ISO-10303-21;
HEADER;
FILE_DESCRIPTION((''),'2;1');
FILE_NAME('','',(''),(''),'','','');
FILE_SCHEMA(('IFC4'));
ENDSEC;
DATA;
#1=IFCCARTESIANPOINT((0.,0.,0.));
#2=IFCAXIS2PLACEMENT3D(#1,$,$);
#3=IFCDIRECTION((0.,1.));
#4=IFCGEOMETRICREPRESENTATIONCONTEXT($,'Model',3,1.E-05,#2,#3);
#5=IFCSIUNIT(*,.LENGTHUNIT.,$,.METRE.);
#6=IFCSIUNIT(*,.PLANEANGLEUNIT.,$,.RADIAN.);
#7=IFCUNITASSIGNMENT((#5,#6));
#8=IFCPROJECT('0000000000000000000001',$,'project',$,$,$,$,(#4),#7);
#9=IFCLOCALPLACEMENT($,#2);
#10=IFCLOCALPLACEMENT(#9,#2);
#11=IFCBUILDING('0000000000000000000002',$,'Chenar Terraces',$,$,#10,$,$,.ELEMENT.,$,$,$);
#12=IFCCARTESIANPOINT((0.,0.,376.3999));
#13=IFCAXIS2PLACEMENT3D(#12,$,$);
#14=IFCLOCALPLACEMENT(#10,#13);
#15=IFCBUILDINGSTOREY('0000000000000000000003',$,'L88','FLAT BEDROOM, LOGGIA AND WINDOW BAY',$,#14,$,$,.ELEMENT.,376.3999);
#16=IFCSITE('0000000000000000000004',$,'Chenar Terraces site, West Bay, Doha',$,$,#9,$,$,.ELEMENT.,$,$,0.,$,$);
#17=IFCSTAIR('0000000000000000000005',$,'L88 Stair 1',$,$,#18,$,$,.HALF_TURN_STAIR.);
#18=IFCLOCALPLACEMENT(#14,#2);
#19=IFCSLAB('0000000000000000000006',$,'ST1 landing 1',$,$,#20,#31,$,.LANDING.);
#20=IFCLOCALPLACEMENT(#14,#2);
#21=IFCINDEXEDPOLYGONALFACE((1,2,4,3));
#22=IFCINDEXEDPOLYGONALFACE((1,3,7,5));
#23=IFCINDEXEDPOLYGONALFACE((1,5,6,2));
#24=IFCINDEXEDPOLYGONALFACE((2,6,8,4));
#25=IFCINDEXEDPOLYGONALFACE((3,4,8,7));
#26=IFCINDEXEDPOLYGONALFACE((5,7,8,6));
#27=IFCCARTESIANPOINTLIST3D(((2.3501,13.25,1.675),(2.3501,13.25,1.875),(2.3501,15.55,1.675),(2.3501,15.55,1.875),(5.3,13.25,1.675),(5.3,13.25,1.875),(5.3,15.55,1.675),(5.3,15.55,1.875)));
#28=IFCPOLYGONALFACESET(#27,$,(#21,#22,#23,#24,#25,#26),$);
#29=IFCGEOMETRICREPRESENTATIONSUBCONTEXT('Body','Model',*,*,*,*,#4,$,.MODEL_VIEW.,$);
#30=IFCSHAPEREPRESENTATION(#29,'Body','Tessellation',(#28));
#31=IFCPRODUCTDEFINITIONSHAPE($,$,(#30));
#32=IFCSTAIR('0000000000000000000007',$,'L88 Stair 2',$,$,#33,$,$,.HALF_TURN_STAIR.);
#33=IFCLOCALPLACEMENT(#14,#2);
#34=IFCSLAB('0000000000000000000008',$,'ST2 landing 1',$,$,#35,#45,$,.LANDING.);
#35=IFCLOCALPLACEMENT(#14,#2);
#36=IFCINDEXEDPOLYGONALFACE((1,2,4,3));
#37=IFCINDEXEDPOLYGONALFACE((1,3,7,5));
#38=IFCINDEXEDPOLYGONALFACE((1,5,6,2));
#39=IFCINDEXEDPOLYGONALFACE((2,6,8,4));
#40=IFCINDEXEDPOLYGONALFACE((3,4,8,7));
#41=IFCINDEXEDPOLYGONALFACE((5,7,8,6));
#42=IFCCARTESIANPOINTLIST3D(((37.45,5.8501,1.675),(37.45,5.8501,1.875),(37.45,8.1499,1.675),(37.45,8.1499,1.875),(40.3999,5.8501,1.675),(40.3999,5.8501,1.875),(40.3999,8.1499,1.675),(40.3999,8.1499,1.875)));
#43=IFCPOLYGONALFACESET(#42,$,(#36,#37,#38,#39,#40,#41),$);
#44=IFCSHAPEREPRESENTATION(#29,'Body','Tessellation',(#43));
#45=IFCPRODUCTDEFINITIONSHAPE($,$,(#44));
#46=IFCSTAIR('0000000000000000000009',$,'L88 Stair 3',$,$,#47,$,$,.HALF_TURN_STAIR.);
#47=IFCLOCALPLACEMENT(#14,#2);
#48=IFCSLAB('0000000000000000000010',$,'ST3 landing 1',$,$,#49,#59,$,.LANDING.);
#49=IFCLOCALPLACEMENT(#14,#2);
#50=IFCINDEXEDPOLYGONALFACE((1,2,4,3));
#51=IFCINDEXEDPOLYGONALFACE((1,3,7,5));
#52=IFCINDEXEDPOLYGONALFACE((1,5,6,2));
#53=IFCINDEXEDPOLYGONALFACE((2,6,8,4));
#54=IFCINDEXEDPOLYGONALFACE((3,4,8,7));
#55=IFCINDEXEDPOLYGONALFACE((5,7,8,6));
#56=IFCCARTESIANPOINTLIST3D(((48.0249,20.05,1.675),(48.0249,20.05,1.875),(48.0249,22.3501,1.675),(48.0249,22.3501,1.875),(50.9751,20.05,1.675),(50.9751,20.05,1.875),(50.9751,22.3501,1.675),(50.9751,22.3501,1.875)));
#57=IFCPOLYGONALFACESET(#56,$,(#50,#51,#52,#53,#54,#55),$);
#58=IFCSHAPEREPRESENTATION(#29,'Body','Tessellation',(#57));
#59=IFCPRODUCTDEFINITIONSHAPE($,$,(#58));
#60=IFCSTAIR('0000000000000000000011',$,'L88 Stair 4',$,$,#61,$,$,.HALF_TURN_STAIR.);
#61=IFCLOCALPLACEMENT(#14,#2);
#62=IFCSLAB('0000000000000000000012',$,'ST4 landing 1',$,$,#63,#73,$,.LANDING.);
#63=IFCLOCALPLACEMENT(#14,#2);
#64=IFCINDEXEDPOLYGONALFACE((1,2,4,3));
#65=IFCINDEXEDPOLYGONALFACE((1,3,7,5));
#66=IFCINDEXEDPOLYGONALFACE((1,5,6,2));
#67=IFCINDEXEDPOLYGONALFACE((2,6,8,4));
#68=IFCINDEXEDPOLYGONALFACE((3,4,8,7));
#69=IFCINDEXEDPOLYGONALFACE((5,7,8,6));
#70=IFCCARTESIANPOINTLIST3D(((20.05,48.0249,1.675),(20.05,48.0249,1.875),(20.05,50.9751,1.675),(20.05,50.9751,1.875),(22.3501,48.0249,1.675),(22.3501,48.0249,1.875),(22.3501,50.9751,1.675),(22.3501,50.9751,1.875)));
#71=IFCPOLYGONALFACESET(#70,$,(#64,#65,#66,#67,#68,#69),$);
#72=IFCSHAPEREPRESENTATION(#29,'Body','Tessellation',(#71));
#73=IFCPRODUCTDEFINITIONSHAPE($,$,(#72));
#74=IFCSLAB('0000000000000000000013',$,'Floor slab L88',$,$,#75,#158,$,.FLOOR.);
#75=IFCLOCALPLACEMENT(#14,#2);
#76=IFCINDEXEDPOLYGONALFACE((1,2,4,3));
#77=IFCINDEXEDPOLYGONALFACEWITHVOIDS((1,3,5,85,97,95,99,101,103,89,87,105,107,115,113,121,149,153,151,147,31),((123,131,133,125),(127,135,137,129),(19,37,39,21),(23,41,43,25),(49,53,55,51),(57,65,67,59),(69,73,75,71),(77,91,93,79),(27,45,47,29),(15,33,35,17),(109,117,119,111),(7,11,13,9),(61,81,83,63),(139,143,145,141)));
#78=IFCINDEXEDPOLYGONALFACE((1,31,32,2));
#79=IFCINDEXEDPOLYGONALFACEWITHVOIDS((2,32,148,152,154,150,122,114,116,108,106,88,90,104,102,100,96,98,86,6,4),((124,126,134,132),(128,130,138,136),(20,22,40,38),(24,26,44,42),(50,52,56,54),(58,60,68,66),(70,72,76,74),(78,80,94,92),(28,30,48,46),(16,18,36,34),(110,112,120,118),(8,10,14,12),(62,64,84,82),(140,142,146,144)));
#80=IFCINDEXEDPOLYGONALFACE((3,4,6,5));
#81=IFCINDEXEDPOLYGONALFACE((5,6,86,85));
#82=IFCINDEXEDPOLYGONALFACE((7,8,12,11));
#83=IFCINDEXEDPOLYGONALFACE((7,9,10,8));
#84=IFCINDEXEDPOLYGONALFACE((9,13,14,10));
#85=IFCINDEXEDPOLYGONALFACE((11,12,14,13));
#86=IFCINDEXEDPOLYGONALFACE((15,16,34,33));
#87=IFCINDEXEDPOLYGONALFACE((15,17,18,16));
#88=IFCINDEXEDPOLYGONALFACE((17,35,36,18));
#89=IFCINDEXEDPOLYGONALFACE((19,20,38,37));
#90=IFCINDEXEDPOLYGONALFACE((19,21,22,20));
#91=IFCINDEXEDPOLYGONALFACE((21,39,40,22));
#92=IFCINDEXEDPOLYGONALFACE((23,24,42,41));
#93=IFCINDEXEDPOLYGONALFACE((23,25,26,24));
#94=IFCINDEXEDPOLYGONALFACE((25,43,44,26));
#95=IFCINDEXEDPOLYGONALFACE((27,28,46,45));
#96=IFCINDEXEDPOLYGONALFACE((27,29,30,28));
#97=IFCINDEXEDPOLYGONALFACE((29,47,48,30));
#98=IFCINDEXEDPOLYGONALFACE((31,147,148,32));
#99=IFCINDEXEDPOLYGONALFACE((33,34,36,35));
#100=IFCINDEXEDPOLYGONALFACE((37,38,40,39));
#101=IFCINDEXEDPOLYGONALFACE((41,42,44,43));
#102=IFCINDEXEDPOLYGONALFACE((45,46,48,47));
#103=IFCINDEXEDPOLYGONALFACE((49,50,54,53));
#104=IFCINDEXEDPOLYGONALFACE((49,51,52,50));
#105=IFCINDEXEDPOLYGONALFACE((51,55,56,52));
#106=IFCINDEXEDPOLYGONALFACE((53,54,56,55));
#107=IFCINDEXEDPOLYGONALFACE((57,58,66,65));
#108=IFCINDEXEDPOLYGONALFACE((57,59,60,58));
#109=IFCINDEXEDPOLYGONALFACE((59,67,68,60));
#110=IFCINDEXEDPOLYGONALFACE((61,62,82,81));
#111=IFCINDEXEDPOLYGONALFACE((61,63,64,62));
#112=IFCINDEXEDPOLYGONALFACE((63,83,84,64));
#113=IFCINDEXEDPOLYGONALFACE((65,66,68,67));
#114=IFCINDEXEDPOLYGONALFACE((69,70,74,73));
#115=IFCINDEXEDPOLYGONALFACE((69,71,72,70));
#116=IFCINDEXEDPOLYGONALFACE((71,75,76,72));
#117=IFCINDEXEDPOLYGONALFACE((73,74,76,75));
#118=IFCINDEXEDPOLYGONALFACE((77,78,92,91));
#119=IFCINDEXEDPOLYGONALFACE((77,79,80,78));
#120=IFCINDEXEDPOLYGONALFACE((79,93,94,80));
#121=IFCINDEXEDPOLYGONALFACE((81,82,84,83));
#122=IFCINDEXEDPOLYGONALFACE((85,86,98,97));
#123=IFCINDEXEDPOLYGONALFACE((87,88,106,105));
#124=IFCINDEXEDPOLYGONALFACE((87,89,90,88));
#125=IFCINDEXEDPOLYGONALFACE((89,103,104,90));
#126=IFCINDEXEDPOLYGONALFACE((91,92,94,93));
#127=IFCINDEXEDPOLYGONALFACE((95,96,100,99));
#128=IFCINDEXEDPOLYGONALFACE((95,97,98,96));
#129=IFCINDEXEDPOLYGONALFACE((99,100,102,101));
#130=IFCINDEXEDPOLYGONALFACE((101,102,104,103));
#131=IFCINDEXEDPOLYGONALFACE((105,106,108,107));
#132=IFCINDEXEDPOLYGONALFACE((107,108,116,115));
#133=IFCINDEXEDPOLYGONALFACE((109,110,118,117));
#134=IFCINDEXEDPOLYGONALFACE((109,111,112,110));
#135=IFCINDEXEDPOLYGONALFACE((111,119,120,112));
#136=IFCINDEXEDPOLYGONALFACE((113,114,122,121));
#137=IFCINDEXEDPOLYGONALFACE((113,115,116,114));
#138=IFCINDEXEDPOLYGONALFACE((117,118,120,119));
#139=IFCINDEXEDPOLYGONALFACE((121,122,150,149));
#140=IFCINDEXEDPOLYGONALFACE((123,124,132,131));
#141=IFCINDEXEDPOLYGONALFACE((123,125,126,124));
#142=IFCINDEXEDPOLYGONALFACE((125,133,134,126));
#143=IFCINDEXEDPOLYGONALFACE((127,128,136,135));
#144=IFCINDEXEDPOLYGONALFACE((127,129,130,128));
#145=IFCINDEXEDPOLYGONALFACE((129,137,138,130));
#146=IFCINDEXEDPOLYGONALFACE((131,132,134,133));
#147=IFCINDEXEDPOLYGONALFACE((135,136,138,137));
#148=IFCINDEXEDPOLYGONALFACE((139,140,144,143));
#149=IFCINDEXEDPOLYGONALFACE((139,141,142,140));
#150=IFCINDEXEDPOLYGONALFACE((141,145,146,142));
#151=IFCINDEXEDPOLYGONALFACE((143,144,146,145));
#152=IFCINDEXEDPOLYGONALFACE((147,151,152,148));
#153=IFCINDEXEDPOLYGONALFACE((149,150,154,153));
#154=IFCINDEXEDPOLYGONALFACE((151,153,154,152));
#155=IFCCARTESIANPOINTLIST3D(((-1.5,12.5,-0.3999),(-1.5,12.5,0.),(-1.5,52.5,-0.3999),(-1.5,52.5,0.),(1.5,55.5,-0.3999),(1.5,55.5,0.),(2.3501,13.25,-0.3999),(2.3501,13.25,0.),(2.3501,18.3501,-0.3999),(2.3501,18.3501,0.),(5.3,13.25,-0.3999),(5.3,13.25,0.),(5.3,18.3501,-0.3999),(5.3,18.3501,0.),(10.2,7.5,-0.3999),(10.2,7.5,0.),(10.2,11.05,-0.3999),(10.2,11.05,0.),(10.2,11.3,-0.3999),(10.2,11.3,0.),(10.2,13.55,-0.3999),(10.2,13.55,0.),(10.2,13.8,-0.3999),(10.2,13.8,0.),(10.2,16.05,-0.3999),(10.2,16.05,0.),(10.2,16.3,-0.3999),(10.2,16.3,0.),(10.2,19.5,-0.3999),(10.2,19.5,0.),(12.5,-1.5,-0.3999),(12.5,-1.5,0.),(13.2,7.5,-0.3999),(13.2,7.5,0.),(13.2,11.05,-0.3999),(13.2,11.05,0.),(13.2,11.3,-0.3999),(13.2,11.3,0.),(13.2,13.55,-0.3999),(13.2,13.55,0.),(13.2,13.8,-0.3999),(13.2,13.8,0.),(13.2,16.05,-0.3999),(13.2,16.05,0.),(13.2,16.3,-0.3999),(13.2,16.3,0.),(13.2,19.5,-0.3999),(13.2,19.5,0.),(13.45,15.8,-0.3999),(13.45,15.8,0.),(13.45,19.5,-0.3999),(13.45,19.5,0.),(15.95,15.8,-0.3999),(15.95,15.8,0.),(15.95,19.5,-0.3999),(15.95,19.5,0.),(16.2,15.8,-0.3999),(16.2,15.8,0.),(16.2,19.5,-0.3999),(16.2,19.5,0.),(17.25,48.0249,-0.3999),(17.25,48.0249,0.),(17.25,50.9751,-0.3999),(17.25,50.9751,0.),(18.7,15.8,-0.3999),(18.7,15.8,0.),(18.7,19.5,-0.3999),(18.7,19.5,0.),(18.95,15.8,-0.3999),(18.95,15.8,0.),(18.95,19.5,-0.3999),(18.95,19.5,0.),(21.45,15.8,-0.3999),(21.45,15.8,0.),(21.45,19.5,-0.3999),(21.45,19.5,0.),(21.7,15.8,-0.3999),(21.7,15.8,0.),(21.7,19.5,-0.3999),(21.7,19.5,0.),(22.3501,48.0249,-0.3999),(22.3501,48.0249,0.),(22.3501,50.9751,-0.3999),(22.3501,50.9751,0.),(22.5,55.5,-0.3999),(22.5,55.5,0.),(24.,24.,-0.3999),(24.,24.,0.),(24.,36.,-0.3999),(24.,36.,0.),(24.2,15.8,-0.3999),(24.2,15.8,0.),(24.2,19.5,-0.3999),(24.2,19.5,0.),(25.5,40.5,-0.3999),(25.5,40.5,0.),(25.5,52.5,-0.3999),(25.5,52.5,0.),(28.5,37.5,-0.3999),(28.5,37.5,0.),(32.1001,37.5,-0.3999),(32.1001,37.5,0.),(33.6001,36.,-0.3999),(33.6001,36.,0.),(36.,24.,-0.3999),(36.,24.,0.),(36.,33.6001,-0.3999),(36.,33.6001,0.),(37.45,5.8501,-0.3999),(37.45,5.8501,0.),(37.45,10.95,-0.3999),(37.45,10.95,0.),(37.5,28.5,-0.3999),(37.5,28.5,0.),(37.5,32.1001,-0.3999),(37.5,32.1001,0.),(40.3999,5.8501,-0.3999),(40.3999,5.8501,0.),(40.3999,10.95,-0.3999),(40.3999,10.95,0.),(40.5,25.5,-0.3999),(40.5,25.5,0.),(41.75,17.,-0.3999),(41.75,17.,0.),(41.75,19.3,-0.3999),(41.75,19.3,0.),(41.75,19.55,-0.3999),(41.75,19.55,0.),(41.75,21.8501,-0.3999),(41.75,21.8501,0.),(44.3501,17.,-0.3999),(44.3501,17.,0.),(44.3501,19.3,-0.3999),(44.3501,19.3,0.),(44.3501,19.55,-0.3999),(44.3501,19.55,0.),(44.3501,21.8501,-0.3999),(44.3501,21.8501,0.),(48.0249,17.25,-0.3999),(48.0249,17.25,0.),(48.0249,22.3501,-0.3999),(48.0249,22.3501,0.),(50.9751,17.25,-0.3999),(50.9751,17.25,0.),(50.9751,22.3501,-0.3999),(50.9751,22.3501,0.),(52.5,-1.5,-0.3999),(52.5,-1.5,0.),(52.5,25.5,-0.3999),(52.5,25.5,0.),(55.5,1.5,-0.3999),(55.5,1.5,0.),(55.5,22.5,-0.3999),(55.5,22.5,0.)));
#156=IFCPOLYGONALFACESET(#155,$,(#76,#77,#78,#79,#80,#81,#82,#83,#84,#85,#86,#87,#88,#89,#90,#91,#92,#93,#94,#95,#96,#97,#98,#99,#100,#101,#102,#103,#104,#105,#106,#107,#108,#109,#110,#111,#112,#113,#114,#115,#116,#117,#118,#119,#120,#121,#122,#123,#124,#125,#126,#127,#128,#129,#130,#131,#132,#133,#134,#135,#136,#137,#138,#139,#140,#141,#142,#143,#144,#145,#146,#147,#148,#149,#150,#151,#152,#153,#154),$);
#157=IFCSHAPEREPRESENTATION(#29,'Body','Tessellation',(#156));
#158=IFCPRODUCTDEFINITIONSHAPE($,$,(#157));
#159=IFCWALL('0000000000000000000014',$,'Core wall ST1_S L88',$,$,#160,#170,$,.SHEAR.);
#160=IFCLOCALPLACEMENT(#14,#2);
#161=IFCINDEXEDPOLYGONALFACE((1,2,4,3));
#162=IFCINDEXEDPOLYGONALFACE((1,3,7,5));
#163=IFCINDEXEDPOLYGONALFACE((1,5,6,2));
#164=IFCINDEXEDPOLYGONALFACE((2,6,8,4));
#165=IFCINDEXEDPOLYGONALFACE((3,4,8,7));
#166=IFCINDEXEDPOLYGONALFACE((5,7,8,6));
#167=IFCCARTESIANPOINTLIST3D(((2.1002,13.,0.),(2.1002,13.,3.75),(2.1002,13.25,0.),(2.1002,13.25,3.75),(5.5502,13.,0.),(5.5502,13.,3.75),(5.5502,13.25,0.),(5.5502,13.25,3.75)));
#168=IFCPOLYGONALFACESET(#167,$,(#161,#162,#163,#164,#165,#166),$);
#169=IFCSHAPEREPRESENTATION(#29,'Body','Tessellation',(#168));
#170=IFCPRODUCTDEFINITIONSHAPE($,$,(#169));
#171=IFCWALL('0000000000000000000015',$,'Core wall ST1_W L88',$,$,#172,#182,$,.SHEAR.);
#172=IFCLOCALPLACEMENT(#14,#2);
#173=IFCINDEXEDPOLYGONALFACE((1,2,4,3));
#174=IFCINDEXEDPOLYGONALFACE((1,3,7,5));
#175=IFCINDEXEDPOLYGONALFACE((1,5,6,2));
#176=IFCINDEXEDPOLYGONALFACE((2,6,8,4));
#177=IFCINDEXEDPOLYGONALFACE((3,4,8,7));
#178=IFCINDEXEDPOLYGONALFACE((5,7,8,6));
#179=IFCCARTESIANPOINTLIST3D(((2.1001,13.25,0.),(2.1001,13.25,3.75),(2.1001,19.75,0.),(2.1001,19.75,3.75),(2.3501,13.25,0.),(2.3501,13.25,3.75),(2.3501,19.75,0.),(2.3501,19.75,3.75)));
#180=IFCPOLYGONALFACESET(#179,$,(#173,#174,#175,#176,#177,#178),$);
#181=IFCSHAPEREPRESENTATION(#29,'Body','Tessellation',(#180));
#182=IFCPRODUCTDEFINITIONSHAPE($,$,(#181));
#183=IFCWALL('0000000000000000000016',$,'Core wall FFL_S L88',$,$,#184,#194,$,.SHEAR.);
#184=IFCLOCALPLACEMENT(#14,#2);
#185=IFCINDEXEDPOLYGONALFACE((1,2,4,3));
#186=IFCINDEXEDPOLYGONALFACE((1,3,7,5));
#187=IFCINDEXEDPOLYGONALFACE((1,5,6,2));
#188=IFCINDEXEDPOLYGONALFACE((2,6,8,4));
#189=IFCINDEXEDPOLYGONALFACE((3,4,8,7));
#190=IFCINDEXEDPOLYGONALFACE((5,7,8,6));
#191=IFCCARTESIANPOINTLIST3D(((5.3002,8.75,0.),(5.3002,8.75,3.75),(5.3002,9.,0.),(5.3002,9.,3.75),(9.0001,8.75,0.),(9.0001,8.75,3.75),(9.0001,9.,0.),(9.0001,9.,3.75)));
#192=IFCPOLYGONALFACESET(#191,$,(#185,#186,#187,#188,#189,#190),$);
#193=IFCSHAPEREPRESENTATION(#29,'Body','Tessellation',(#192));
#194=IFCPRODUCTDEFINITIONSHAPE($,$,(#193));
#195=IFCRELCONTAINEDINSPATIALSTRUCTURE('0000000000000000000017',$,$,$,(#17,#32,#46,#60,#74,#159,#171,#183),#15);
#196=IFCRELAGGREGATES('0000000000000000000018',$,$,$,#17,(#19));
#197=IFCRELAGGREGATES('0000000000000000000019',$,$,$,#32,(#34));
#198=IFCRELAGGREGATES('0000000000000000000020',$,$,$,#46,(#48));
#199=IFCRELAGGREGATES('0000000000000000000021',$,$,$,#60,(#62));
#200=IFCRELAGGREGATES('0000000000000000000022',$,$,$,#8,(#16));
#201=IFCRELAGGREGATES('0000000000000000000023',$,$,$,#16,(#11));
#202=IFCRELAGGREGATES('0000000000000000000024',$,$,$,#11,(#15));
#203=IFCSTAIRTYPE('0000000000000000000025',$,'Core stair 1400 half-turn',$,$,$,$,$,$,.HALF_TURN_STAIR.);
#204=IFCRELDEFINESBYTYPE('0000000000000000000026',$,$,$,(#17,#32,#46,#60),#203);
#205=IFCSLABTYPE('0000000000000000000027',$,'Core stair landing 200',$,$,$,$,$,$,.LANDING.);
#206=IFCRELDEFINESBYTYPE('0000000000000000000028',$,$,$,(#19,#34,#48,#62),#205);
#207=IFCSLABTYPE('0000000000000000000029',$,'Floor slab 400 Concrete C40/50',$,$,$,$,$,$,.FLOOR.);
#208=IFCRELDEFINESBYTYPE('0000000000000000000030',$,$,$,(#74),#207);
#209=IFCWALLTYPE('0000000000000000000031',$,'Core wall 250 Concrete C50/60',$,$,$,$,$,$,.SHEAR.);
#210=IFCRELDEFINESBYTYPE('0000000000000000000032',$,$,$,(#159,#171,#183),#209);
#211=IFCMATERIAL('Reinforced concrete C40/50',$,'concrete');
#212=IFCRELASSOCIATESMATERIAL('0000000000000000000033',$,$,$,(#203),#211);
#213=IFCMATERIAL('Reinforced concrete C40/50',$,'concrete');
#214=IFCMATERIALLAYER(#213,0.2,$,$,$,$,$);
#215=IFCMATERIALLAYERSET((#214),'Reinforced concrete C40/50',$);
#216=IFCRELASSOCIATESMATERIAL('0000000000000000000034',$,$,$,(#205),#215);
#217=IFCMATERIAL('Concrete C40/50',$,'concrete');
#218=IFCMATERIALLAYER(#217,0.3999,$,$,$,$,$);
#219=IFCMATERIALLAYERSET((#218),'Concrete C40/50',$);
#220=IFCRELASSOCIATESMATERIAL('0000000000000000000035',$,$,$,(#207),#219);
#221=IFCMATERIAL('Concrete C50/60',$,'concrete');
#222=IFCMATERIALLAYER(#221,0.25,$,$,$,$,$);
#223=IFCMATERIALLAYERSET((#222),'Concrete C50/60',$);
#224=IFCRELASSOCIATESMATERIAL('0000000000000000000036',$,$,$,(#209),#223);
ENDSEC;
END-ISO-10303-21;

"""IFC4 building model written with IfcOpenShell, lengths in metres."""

from ifc_helpers import new_model, si_unit, direction, frame, frame_2d, origin, place, context, subcontext, project, spatial, polyline, rectangle, outline, extrude, material, layer, layer_set, type_object, element, aggregate, save


model = new_model("IFC4")

# Units and contexts
model_context = context("Model", 3, precision=1e-05, world=origin(), true_north=direction((0.0, 1.0)))
body_context = subcontext(model_context, "Body", "Model", "MODEL_VIEW")
ifc_project = project(units=[si_unit("LENGTHUNIT", "METRE"), si_unit("PLANEANGLEUNIT", "RADIAN")], contexts=[model_context])

# Site, building, storey
site_placement = place(None, origin())
site = spatial("IfcSite", under=ifc_project, at=site_placement, Name="Chenar Terraces site, West Bay, Doha", CompositionType="ELEMENT", RefElevation=0.0)
building_placement = place(site_placement, origin())
building = spatial("IfcBuilding", under=site, at=building_placement, Name="Chenar Terraces", CompositionType="ELEMENT")
storey_placement = place(building_placement, frame((0.0, 0.0, 376.3999)))
storey = spatial("IfcBuildingStorey", under=building, at=storey_placement, Name="L88", Description="FLAT BEDROOM, LOGGIA AND WINDOW BAY", CompositionType="ELEMENT", Elevation=376.3999)

# Stairs, slabs
ifc_material_1 = material(Name="Reinforced concrete C40/50", Category="concrete")
stair_type = type_object("IfcStairType", Name="Core stair 1400 half-turn", PredefinedType="HALF_TURN_STAIR", material=ifc_material_1)
placement_1 = place(storey_placement, origin())
stair_1 = element("IfcStair", 1, at=placement_1, inside=storey, type_object=stair_type, Name="L88 Stair 1", PredefinedType="HALF_TURN_STAIR")
ifc_material_2 = material(Name="Reinforced concrete C40/50", Category="concrete")
ifc_layer_1 = layer(ifc_material_2, 0.2)
ifc_layer_set_1 = layer_set([ifc_layer_1], Name="Reinforced concrete C40/50")
slab_type_1 = type_object("IfcSlabType", Name="Core stair landing 200", PredefinedType="LANDING", material=ifc_layer_set_1)
placement_2 = place(storey_placement, frame((0.0, 0.0, 1.675)))
slab_1 = element("IfcSlab", 2, at=placement_2, type_object=slab_type_1, Name="ST1 landing 1", PredefinedType="LANDING", context=body_context, shape_type="SweptSolid", body=[
    extrude(outline(polyline([(2.3501, 15.55), (2.3501, 13.25), (5.3, 13.25), (5.3, 15.55), (2.3501, 15.55)])), origin(), (0.0, 0.0, 1.0), 0.2),
])
aggregate(stair_1, [slab_1])
stair_2 = element("IfcStair", 3, at=placement_1, inside=storey, type_object=stair_type, Name="L88 Stair 2", PredefinedType="HALF_TURN_STAIR")
slab_2 = element("IfcSlab", 4, at=placement_2, type_object=slab_type_1, Name="ST2 landing 1", PredefinedType="LANDING", context=body_context, shape_type="SweptSolid", body=[
    extrude(outline(polyline([(37.45, 8.1499), (37.45, 5.8501), (40.3999, 5.8501), (40.3999, 8.1499), (37.45, 8.1499)])), origin(), (0.0, 0.0, 1.0), 0.2),
])
aggregate(stair_2, [slab_2])
stair_3 = element("IfcStair", 5, at=placement_1, inside=storey, type_object=stair_type, Name="L88 Stair 3", PredefinedType="HALF_TURN_STAIR")
slab_3 = element("IfcSlab", 6, at=placement_2, type_object=slab_type_1, Name="ST3 landing 1", PredefinedType="LANDING", context=body_context, shape_type="SweptSolid", body=[
    extrude(outline(polyline([(50.9751, 20.05), (50.9751, 22.3501), (48.0249, 22.3501), (48.0249, 20.05), (50.9751, 20.05)])), origin(), (0.0, 0.0, 1.0), 0.2),
])
aggregate(stair_3, [slab_3])
stair_4 = element("IfcStair", 7, at=placement_1, inside=storey, type_object=stair_type, Name="L88 Stair 4", PredefinedType="HALF_TURN_STAIR")
slab_4 = element("IfcSlab", 8, at=placement_2, type_object=slab_type_1, Name="ST4 landing 1", PredefinedType="LANDING", context=body_context, shape_type="SweptSolid", body=[
    extrude(outline(polyline([(20.05, 48.0249), (22.3501, 48.0249), (22.3501, 50.9751), (20.05, 50.9751), (20.05, 48.0249)])), origin(), (0.0, 0.0, 1.0), 0.2),
])
aggregate(stair_4, [slab_4])

# Slab
ifc_material_3 = material(Name="Concrete C40/50", Category="concrete")
ifc_layer_2 = layer(ifc_material_3, 0.3999)
ifc_layer_set_2 = layer_set([ifc_layer_2], Name="Concrete C40/50")
slab_type_2 = type_object("IfcSlabType", Name="Floor slab 400 Concrete C40/50", PredefinedType="FLOOR", material=ifc_layer_set_2)
slab_5_placement = place(storey_placement, frame((0.0, 0.0, -0.3999)))
element("IfcSlab", 9, at=slab_5_placement, inside=storey, type_object=slab_type_2, Name="Floor slab L88", PredefinedType="FLOOR", context=body_context, shape_type="SweptSolid", body=[
    extrude(outline(polyline([(55.5, 22.5), (55.5, 1.5), (52.5, -1.5), (12.5, -1.5), (-1.5, 12.5), (-1.5, 52.5), (1.5, 55.5), (22.5, 55.5), (25.5, 52.5), (25.5, 40.5), (28.5, 37.5), (32.1001, 37.5), (33.6001, 36.0), (24.0, 36.0), (24.0, 24.0), (36.0, 24.0), (36.0, 33.6001), (37.5, 32.1001), (37.5, 28.5), (40.5, 25.5), (52.5, 25.5), (55.5, 22.5)]), holes=[polyline([(10.2, 11.05), (10.2, 7.5), (13.2, 7.5), (13.2, 11.05), (10.2, 11.05)]), polyline([(13.2, 13.55), (10.2, 13.55), (10.2, 11.3), (13.2, 11.3), (13.2, 13.55)]), polyline([(13.2, 16.05), (10.2, 16.05), (10.2, 13.8), (13.2, 13.8), (13.2, 16.05)]), polyline([(2.3501, 13.25), (5.3, 13.25), (5.3, 18.3501), (2.3501, 18.3501), (2.3501, 13.25)]), polyline([(15.95, 19.5), (13.45, 19.5), (13.45, 15.8), (15.95, 15.8), (15.95, 19.5)]), polyline([(18.7, 19.5), (16.2, 19.5), (16.2, 15.8), (18.7, 15.8), (18.7, 19.5)]), polyline([(13.2, 19.5), (10.2, 19.5), (10.2, 16.3), (13.2, 16.3), (13.2, 19.5)]), polyline([(22.3501, 48.0249), (22.3501, 50.9751), (17.25, 50.9751), (17.25, 48.0249), (22.3501, 48.0249)]), polyline([(37.45, 5.8501), (40.3999, 5.8501), (40.3999, 10.95), (37.45, 10.95), (37.45, 5.8501)]), polyline([(21.45, 19.5), (18.95, 19.5), (18.95, 15.8), (21.45, 15.8), (21.45, 19.5)]), polyline([(24.2, 19.5), (21.7, 19.5), (21.7, 15.8), (24.2, 15.8), (24.2, 19.5)]), polyline([(44.3501, 19.3), (41.75, 19.3), (41.75, 17.0), (44.3501, 17.0), (44.3501, 19.3)]), polyline([(50.9751, 22.3501), (48.0249, 22.3501), (48.0249, 17.25), (50.9751, 17.25), (50.9751, 22.3501)]), polyline([(44.3501, 21.8501), (41.75, 21.8501), (41.75, 19.55), (44.3501, 19.55), (44.3501, 21.8501)])]), origin(), (0.0, 0.0, 1.0), 0.3999),
])

# Walls
ifc_material_4 = material(Name="Concrete C50/60", Category="concrete")
ifc_layer_3 = layer(ifc_material_4, 0.25)
ifc_layer_set_3 = layer_set([ifc_layer_3], Name="Concrete C50/60")
wall_type_1 = type_object("IfcWallType", Name="Core wall 250 Concrete C50/60", PredefinedType="SHEAR", material=ifc_layer_set_3)
wall_1_placement = place(storey_placement, frame((2.1001, 13.125, 0.0), z_axis=(0.0, 0.0, 1.0), x_axis=(1.0, 0.0, 0.0)))
element("IfcWall", 10, at=wall_1_placement, inside=storey, type_object=wall_type_1, Name="Core wall ST1_S L88", PredefinedType="SHEAR", context=body_context, shape_type="SweptSolid", body=[
    extrude(rectangle(XDim=3.45, YDim=0.25, at=frame_2d((1.7251, 0.0))), origin(), (0.0, 0.0, 1.0), 3.75),
])
wall_2_placement = place(storey_placement, frame((2.2251, 13.25, 0.0), z_axis=(0.0, 0.0, 1.0), x_axis=(0.0, 1.0, 0.0)))
element("IfcWall", 11, at=wall_2_placement, inside=storey, type_object=wall_type_1, Name="Core wall ST1_W L88", PredefinedType="SHEAR", context=body_context, shape_type="SweptSolid", body=[
    extrude(rectangle(XDim=6.5, YDim=0.25, at=frame_2d((3.25, 0.0))), origin(), (0.0, 0.0, 1.0), 3.75),
])
wall_3_placement = place(storey_placement, frame((5.3, 8.875, 0.0), z_axis=(0.0, 0.0, 1.0), x_axis=(1.0, 0.0, 0.0)))
element("IfcWall", 12, at=wall_3_placement, inside=storey, type_object=wall_type_1, Name="Core wall FFL_S L88", PredefinedType="SHEAR", context=body_context, shape_type="SweptSolid", body=[
    extrude(rectangle(XDim=3.7, YDim=0.25, at=frame_2d((1.8501, 0.0))), origin(), (0.0, 0.0, 1.0), 3.75),
])

save(model, "model.ifc")
